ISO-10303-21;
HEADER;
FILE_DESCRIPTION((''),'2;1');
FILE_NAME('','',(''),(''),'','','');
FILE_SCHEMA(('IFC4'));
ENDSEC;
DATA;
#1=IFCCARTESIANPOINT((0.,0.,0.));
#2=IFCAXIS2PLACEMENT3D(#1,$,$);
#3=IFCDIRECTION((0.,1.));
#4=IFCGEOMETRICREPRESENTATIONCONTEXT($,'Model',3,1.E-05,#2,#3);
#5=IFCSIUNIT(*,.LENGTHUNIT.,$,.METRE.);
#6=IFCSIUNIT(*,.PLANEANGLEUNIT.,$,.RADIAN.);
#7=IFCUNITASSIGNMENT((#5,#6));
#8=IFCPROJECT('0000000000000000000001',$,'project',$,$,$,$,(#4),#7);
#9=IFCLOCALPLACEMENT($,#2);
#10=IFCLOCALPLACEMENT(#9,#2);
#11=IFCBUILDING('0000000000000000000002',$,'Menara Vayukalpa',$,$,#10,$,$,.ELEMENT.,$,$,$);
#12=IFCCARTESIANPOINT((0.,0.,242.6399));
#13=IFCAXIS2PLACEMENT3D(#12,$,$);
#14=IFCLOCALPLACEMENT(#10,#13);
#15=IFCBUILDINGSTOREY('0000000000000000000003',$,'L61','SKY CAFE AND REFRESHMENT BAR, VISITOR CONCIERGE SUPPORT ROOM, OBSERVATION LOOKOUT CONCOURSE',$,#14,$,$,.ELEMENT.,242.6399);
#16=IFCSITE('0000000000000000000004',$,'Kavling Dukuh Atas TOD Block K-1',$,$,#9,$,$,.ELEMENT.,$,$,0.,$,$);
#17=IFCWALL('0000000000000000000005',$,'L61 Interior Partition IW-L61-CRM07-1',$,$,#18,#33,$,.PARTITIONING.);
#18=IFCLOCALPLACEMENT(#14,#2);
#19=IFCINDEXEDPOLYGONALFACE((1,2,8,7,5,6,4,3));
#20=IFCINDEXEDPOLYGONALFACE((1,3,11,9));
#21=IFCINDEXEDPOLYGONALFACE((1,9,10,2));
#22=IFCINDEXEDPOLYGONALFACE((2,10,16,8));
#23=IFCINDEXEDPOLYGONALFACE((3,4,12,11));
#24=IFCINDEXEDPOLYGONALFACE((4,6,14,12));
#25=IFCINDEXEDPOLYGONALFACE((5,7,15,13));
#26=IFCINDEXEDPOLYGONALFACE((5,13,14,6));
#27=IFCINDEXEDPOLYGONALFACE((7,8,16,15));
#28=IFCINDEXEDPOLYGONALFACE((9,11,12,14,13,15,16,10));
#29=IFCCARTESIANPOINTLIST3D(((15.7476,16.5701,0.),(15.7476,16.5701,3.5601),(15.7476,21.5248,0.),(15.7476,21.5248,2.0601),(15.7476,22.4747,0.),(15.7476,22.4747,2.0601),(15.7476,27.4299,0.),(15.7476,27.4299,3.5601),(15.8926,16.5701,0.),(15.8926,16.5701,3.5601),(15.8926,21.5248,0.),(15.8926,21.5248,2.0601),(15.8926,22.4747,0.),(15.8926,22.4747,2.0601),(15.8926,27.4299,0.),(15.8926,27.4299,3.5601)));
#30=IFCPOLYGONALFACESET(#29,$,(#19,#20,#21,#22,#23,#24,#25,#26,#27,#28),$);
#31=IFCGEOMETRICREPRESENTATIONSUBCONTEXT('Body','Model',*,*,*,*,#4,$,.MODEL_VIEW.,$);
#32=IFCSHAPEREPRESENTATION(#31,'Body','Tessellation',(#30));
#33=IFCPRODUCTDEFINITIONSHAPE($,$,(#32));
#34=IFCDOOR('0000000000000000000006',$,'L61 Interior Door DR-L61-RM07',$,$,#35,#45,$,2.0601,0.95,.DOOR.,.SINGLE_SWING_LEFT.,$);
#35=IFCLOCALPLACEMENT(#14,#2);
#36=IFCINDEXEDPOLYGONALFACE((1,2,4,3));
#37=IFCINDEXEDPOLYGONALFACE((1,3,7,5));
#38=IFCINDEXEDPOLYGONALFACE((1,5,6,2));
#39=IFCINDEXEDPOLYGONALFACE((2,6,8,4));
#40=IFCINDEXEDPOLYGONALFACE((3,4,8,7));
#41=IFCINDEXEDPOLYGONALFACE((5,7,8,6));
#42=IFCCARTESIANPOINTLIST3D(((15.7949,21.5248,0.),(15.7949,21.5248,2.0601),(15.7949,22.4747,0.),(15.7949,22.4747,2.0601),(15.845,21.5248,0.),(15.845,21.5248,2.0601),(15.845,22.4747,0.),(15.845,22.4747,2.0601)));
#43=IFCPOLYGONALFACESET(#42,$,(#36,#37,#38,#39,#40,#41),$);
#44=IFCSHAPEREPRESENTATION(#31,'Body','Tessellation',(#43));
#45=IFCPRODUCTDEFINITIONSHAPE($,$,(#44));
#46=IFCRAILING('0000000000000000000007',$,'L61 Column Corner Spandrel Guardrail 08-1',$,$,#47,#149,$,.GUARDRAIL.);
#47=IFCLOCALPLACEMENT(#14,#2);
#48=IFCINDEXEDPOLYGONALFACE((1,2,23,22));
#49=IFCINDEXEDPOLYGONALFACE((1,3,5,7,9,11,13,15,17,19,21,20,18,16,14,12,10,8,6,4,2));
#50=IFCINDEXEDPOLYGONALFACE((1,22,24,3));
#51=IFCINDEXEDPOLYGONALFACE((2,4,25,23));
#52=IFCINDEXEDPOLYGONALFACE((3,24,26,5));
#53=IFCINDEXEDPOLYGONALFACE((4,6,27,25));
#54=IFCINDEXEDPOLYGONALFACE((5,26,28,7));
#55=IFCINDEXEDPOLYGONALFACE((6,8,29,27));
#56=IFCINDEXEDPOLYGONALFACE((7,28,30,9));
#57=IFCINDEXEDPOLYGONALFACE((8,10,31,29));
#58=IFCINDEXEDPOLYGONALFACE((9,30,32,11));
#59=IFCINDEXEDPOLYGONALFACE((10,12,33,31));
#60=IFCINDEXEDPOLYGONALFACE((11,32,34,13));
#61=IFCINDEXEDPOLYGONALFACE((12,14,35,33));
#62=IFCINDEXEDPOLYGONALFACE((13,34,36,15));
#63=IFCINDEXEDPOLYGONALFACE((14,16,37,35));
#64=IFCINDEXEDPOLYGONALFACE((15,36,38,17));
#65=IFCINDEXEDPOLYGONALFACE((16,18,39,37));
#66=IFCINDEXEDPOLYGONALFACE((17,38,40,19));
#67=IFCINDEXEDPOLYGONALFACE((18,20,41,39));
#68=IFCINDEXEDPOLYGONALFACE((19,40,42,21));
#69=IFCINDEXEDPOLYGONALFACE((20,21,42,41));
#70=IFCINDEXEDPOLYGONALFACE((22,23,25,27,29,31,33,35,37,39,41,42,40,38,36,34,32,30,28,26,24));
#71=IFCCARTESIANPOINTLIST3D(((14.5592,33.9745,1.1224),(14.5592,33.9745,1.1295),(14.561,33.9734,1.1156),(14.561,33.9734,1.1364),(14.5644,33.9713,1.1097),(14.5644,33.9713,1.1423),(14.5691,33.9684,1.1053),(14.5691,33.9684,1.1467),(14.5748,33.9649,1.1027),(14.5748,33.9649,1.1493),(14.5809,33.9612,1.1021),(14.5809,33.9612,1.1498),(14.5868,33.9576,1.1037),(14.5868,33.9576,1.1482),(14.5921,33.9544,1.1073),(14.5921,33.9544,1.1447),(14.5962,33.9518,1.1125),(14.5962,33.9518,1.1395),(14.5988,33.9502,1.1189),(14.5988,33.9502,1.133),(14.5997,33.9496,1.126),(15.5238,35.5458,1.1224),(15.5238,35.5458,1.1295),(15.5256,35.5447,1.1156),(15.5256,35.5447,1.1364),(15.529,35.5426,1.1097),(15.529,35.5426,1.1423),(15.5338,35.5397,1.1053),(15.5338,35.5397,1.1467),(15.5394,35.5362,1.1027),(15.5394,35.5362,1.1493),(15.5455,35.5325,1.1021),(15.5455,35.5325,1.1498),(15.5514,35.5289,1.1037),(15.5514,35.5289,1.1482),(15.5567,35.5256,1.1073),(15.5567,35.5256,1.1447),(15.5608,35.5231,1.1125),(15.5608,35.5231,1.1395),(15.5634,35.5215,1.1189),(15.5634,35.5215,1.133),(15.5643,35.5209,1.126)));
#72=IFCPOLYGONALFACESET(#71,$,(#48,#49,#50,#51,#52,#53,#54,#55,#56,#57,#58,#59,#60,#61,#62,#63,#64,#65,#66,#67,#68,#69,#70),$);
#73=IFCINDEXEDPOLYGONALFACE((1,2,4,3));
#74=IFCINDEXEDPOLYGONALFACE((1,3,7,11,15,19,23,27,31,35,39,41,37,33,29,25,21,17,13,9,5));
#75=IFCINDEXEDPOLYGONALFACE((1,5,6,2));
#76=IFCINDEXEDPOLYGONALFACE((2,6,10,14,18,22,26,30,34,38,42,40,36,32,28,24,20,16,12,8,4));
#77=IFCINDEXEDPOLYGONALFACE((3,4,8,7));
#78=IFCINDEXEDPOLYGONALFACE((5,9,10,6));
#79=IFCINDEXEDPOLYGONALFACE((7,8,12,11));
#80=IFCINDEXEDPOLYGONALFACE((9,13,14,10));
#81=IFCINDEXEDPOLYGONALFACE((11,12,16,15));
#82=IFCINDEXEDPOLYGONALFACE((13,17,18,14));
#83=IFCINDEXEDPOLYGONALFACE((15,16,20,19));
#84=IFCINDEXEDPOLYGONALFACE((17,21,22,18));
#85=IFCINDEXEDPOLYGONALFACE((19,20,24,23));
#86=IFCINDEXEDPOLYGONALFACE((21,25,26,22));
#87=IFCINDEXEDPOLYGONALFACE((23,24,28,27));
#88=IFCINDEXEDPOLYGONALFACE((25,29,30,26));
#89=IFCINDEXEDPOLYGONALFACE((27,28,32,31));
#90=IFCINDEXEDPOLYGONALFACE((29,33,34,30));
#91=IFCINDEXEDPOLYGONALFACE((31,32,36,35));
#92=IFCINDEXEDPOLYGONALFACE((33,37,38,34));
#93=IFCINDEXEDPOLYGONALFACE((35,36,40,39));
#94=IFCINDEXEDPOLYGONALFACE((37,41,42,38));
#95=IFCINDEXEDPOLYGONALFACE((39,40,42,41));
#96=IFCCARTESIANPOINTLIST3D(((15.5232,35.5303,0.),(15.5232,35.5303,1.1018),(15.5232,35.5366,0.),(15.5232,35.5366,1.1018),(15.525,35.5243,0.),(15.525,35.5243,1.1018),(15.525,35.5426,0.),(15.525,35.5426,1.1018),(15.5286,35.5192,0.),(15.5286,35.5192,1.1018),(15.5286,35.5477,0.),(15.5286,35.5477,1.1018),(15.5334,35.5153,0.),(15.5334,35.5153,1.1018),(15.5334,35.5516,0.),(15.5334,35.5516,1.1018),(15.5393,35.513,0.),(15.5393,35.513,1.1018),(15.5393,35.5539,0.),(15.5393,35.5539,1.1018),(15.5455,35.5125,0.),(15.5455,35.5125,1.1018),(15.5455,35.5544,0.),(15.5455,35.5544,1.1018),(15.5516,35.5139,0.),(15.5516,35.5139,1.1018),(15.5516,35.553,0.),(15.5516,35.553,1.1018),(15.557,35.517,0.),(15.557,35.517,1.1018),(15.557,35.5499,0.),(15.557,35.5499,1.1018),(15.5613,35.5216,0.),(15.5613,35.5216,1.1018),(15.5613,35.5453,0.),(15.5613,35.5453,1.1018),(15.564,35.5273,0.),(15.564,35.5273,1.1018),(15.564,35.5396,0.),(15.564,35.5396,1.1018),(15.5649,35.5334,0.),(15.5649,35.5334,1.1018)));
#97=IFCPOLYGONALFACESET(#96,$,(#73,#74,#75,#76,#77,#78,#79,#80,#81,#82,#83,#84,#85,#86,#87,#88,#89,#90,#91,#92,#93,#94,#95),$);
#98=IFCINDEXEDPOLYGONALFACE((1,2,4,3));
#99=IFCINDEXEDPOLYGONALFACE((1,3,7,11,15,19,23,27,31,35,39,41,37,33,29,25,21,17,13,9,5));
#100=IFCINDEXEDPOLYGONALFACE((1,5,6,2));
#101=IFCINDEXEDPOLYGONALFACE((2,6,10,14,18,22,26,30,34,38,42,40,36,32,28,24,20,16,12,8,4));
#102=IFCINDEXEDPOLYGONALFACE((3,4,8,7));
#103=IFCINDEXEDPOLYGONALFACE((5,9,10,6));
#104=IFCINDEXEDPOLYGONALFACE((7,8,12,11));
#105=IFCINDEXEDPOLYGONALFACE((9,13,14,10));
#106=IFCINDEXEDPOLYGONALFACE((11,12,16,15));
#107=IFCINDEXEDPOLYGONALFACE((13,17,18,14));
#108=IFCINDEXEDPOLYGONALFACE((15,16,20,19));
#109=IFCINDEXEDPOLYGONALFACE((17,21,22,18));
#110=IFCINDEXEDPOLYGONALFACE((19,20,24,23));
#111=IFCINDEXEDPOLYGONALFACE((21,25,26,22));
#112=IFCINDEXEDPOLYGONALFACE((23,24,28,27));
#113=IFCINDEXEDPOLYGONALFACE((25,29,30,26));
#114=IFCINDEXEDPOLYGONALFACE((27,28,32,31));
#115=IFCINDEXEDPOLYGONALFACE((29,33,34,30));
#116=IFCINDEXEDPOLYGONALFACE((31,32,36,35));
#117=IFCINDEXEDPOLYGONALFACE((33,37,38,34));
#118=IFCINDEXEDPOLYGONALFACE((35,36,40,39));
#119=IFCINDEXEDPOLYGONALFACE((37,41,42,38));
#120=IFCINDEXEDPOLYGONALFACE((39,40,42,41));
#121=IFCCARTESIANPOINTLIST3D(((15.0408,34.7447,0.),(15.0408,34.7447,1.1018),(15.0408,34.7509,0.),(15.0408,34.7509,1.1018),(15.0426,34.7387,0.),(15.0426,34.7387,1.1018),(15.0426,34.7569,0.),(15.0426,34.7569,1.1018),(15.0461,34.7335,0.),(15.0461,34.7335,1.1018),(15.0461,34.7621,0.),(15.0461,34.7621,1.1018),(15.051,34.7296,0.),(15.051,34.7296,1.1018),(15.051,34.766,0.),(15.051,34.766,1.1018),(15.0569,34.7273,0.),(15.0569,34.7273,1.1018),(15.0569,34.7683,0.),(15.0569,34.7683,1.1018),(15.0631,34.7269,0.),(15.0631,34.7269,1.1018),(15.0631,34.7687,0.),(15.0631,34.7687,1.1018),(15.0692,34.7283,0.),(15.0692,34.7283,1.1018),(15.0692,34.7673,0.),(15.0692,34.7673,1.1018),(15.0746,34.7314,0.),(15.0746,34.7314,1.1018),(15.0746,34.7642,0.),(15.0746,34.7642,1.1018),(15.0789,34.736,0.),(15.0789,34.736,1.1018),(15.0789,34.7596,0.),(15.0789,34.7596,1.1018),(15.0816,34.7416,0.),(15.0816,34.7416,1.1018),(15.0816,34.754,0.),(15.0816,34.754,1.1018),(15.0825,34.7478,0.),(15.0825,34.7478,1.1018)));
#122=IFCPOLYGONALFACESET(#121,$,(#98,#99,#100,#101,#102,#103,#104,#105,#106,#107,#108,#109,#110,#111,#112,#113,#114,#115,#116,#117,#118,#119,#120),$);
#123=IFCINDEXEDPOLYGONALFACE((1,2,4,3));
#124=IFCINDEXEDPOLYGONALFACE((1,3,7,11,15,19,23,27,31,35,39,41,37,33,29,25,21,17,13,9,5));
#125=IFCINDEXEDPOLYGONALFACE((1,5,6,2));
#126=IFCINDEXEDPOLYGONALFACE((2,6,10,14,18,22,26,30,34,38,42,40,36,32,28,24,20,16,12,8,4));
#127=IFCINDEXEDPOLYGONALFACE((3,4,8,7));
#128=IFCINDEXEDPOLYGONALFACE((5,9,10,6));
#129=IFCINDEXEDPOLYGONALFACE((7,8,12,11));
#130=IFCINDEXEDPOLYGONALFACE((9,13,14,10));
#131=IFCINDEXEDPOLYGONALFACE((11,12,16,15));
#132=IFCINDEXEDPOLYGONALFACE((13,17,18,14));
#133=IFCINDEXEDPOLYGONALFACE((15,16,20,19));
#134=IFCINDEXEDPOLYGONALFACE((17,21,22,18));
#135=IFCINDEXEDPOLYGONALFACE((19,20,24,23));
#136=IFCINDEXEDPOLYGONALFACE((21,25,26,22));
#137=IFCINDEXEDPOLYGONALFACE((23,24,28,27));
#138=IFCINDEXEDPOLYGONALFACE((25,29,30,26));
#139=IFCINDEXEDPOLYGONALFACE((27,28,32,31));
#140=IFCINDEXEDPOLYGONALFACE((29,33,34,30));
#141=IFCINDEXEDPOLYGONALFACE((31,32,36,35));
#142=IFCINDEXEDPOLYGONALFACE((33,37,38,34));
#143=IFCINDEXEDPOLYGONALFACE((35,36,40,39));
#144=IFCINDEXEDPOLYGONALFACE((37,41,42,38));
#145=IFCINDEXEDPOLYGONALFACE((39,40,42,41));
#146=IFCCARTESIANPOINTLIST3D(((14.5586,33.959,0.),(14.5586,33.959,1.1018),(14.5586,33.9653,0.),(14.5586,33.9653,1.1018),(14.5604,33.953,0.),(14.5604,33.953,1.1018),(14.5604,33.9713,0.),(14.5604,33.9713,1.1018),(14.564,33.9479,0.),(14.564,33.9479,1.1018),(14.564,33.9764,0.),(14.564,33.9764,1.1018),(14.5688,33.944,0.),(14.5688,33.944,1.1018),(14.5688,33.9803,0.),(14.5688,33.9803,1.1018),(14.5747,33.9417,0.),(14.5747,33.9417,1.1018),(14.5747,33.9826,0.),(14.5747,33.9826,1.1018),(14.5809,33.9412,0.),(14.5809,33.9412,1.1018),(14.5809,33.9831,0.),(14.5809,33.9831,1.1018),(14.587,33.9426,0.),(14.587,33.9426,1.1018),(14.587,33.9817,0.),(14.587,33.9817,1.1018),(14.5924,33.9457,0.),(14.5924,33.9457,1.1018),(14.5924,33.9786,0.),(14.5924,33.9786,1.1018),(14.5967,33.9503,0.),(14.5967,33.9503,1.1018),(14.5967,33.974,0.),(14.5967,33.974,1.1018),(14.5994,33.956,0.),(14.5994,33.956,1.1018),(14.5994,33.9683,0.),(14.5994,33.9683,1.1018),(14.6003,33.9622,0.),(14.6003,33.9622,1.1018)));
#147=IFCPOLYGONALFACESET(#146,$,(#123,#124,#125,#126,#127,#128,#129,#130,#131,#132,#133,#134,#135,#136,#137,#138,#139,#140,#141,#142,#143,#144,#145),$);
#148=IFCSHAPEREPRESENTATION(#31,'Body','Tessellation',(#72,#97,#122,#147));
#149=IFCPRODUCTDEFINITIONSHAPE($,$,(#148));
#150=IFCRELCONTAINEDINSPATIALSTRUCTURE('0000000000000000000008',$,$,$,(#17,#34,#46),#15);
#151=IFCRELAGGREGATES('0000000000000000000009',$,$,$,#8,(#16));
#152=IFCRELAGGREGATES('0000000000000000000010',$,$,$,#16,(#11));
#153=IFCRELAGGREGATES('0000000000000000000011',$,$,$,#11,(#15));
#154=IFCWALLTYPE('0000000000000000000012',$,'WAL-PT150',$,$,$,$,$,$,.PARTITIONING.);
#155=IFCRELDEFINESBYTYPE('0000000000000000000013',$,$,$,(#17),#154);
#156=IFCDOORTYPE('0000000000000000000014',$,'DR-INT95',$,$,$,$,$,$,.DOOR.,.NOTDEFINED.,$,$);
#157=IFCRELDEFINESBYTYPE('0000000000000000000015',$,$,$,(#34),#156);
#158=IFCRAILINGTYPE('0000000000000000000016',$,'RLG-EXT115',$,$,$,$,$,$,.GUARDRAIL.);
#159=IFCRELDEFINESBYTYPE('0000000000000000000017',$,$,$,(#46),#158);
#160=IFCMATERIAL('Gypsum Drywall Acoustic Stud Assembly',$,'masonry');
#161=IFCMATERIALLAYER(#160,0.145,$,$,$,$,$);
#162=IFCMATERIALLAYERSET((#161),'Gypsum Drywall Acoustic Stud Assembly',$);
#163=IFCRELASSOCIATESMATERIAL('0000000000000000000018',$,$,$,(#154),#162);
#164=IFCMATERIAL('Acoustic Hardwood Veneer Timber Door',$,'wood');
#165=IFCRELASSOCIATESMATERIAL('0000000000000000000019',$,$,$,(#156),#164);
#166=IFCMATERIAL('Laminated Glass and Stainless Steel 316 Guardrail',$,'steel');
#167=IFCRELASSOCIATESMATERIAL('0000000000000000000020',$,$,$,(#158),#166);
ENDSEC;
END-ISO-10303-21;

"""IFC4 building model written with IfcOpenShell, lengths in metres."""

from ifc_helpers import new_model, si_unit, direction, frame, frame_2d, origin, origin_2d, place, context, subcontext, project, spatial, rectangle, circle, extrude, material, layer, layer_set, type_object, element, fill, save


model = new_model("IFC4")

# Units and contexts
model_context = context("Model", 3, precision=1e-05, world=origin(), true_north=direction((0.0, 1.0)))
body_context = subcontext(model_context, "Body", "Model", "MODEL_VIEW")
ifc_project = project(units=[si_unit("LENGTHUNIT", "METRE"), si_unit("PLANEANGLEUNIT", "RADIAN")], contexts=[model_context])

# Site, building, storey
site_placement = place(None, origin())
site = spatial("IfcSite", under=ifc_project, at=site_placement, Name="Kavling Dukuh Atas TOD Block K-1", CompositionType="ELEMENT", RefElevation=0.0)
building_placement = place(site_placement, origin())
building = spatial("IfcBuilding", under=site, at=building_placement, Name="Menara Vayukalpa", CompositionType="ELEMENT")
storey_placement = place(building_placement, frame((0.0, 0.0, 242.6399)))
storey = spatial("IfcBuildingStorey", under=building, at=storey_placement, Name="L61", Description="SKY CAFE AND REFRESHMENT BAR, VISITOR CONCIERGE SUPPORT ROOM, OBSERVATION LOOKOUT CONCOURSE", CompositionType="ELEMENT", Elevation=242.6399)

# Shared definitions
ifc_material_1 = material(Name="Gypsum Drywall Acoustic Stud Assembly", Category="masonry")
ifc_layer_1 = layer(ifc_material_1, 0.145)
ifc_layer_set_1 = layer_set([ifc_layer_1], Name="Gypsum Drywall Acoustic Stud Assembly")
wall_type_1 = type_object("IfcWallType", Name="WAL-PT150", PredefinedType="PARTITIONING", material=ifc_layer_set_1)

# Wall, opening, door
wall_1_placement = place(storey_placement, frame((15.8201, 27.4299, 0.0), z_axis=(0.0, 0.0, 1.0), x_axis=(0.0, -1.0, 0.0)))
wall_1 = element("IfcWall", 1, at=wall_1_placement, inside=storey, type_object=wall_type_1, Name="L61 Interior Partition IW-L61-CRM07-1", PredefinedType="PARTITIONING", context=body_context, shape_type="SweptSolid", body=[
    extrude(rectangle(XDim=10.8599, YDim=0.145, at=frame_2d((5.4299, 0.0))), origin(), (0.0, 0.0, 1.0), 3.5601),
])
opening_placement = place(wall_1_placement, frame((4.9551, 0.0, 0.0)))
opening = element("IfcOpeningElement", 2, at=opening_placement, cuts=wall_1, PredefinedType="OPENING", context=body_context, shape_type="SweptSolid", body=[
    extrude(rectangle(XDim=0.95, YDim=2.0601, at=frame_2d((0.4751, 1.03))), frame((0.0, 0.0825, 0.0), z_axis=(0.0, -1.0, 0.0), x_axis=(1.0, 0.0, 0.0)), (0.0, 0.0, 1.0), 0.165),
])
ifc_material_2 = material(Name="Acoustic Hardwood Veneer Timber Door", Category="wood")
door_type = type_object("IfcDoorType", Name="DR-INT95", OperationType="NOTDEFINED", PredefinedType="DOOR", material=ifc_material_2)
door_placement = place(opening_placement, origin())
door = element("IfcDoor", 3, at=door_placement, inside=storey, type_object=door_type, Name="L61 Interior Door DR-L61-RM07", OperationType="SINGLE_SWING_LEFT", OverallHeight=2.0601, OverallWidth=0.95, PredefinedType="DOOR", context=body_context, shape_type="SweptSolid", body=[
    extrude(rectangle(XDim=0.95, YDim=2.0601, at=frame_2d((0.4751, 1.03))), frame((0.0, 0.0249, 0.0), z_axis=(0.0, -1.0, 0.0), x_axis=(1.0, 0.0, 0.0)), (0.0, 0.0, 1.0), 0.05),
])
fill(opening, door)

# Railing
ifc_material_3 = material(Name="Laminated Glass and Stainless Steel 316 Guardrail", Category="steel")
railing_type = type_object("IfcRailingType", Name="RLG-EXT115", PredefinedType="GUARDRAIL", material=ifc_material_3)
railing_placement = place(storey_placement, frame((15.5439, 35.5334, 0.0)))
element("IfcRailing", 4, at=railing_placement, inside=storey, type_object=railing_type, Name="L61 Column Corner Spandrel Guardrail 08-1", PredefinedType="GUARDRAIL", context=body_context, shape_type="SweptSolid", body=[
    extrude(circle(Radius=0.0239, at=origin_2d()), frame((0.0, 0.0, 1.126), z_axis=(-0.523174, -0.852226, 0.0), x_axis=(0.852226, -0.523174, 0.0)), (0.0, 0.0, 1.0), 1.8438),
    extrude(circle(Radius=0.021, at=origin_2d()), origin(), (0.0, 0.0, 1.0), 1.1018),
    extrude(circle(Radius=0.021, at=origin_2d()), frame((-0.4824, -0.7856, 0.0)), (0.0, 0.0, 1.0), 1.1018),
    extrude(circle(Radius=0.021, at=origin_2d()), frame((-0.9646, -1.5713, 0.0)), (0.0, 0.0, 1.0), 1.1018),
])

save(model, "model.ifc")
